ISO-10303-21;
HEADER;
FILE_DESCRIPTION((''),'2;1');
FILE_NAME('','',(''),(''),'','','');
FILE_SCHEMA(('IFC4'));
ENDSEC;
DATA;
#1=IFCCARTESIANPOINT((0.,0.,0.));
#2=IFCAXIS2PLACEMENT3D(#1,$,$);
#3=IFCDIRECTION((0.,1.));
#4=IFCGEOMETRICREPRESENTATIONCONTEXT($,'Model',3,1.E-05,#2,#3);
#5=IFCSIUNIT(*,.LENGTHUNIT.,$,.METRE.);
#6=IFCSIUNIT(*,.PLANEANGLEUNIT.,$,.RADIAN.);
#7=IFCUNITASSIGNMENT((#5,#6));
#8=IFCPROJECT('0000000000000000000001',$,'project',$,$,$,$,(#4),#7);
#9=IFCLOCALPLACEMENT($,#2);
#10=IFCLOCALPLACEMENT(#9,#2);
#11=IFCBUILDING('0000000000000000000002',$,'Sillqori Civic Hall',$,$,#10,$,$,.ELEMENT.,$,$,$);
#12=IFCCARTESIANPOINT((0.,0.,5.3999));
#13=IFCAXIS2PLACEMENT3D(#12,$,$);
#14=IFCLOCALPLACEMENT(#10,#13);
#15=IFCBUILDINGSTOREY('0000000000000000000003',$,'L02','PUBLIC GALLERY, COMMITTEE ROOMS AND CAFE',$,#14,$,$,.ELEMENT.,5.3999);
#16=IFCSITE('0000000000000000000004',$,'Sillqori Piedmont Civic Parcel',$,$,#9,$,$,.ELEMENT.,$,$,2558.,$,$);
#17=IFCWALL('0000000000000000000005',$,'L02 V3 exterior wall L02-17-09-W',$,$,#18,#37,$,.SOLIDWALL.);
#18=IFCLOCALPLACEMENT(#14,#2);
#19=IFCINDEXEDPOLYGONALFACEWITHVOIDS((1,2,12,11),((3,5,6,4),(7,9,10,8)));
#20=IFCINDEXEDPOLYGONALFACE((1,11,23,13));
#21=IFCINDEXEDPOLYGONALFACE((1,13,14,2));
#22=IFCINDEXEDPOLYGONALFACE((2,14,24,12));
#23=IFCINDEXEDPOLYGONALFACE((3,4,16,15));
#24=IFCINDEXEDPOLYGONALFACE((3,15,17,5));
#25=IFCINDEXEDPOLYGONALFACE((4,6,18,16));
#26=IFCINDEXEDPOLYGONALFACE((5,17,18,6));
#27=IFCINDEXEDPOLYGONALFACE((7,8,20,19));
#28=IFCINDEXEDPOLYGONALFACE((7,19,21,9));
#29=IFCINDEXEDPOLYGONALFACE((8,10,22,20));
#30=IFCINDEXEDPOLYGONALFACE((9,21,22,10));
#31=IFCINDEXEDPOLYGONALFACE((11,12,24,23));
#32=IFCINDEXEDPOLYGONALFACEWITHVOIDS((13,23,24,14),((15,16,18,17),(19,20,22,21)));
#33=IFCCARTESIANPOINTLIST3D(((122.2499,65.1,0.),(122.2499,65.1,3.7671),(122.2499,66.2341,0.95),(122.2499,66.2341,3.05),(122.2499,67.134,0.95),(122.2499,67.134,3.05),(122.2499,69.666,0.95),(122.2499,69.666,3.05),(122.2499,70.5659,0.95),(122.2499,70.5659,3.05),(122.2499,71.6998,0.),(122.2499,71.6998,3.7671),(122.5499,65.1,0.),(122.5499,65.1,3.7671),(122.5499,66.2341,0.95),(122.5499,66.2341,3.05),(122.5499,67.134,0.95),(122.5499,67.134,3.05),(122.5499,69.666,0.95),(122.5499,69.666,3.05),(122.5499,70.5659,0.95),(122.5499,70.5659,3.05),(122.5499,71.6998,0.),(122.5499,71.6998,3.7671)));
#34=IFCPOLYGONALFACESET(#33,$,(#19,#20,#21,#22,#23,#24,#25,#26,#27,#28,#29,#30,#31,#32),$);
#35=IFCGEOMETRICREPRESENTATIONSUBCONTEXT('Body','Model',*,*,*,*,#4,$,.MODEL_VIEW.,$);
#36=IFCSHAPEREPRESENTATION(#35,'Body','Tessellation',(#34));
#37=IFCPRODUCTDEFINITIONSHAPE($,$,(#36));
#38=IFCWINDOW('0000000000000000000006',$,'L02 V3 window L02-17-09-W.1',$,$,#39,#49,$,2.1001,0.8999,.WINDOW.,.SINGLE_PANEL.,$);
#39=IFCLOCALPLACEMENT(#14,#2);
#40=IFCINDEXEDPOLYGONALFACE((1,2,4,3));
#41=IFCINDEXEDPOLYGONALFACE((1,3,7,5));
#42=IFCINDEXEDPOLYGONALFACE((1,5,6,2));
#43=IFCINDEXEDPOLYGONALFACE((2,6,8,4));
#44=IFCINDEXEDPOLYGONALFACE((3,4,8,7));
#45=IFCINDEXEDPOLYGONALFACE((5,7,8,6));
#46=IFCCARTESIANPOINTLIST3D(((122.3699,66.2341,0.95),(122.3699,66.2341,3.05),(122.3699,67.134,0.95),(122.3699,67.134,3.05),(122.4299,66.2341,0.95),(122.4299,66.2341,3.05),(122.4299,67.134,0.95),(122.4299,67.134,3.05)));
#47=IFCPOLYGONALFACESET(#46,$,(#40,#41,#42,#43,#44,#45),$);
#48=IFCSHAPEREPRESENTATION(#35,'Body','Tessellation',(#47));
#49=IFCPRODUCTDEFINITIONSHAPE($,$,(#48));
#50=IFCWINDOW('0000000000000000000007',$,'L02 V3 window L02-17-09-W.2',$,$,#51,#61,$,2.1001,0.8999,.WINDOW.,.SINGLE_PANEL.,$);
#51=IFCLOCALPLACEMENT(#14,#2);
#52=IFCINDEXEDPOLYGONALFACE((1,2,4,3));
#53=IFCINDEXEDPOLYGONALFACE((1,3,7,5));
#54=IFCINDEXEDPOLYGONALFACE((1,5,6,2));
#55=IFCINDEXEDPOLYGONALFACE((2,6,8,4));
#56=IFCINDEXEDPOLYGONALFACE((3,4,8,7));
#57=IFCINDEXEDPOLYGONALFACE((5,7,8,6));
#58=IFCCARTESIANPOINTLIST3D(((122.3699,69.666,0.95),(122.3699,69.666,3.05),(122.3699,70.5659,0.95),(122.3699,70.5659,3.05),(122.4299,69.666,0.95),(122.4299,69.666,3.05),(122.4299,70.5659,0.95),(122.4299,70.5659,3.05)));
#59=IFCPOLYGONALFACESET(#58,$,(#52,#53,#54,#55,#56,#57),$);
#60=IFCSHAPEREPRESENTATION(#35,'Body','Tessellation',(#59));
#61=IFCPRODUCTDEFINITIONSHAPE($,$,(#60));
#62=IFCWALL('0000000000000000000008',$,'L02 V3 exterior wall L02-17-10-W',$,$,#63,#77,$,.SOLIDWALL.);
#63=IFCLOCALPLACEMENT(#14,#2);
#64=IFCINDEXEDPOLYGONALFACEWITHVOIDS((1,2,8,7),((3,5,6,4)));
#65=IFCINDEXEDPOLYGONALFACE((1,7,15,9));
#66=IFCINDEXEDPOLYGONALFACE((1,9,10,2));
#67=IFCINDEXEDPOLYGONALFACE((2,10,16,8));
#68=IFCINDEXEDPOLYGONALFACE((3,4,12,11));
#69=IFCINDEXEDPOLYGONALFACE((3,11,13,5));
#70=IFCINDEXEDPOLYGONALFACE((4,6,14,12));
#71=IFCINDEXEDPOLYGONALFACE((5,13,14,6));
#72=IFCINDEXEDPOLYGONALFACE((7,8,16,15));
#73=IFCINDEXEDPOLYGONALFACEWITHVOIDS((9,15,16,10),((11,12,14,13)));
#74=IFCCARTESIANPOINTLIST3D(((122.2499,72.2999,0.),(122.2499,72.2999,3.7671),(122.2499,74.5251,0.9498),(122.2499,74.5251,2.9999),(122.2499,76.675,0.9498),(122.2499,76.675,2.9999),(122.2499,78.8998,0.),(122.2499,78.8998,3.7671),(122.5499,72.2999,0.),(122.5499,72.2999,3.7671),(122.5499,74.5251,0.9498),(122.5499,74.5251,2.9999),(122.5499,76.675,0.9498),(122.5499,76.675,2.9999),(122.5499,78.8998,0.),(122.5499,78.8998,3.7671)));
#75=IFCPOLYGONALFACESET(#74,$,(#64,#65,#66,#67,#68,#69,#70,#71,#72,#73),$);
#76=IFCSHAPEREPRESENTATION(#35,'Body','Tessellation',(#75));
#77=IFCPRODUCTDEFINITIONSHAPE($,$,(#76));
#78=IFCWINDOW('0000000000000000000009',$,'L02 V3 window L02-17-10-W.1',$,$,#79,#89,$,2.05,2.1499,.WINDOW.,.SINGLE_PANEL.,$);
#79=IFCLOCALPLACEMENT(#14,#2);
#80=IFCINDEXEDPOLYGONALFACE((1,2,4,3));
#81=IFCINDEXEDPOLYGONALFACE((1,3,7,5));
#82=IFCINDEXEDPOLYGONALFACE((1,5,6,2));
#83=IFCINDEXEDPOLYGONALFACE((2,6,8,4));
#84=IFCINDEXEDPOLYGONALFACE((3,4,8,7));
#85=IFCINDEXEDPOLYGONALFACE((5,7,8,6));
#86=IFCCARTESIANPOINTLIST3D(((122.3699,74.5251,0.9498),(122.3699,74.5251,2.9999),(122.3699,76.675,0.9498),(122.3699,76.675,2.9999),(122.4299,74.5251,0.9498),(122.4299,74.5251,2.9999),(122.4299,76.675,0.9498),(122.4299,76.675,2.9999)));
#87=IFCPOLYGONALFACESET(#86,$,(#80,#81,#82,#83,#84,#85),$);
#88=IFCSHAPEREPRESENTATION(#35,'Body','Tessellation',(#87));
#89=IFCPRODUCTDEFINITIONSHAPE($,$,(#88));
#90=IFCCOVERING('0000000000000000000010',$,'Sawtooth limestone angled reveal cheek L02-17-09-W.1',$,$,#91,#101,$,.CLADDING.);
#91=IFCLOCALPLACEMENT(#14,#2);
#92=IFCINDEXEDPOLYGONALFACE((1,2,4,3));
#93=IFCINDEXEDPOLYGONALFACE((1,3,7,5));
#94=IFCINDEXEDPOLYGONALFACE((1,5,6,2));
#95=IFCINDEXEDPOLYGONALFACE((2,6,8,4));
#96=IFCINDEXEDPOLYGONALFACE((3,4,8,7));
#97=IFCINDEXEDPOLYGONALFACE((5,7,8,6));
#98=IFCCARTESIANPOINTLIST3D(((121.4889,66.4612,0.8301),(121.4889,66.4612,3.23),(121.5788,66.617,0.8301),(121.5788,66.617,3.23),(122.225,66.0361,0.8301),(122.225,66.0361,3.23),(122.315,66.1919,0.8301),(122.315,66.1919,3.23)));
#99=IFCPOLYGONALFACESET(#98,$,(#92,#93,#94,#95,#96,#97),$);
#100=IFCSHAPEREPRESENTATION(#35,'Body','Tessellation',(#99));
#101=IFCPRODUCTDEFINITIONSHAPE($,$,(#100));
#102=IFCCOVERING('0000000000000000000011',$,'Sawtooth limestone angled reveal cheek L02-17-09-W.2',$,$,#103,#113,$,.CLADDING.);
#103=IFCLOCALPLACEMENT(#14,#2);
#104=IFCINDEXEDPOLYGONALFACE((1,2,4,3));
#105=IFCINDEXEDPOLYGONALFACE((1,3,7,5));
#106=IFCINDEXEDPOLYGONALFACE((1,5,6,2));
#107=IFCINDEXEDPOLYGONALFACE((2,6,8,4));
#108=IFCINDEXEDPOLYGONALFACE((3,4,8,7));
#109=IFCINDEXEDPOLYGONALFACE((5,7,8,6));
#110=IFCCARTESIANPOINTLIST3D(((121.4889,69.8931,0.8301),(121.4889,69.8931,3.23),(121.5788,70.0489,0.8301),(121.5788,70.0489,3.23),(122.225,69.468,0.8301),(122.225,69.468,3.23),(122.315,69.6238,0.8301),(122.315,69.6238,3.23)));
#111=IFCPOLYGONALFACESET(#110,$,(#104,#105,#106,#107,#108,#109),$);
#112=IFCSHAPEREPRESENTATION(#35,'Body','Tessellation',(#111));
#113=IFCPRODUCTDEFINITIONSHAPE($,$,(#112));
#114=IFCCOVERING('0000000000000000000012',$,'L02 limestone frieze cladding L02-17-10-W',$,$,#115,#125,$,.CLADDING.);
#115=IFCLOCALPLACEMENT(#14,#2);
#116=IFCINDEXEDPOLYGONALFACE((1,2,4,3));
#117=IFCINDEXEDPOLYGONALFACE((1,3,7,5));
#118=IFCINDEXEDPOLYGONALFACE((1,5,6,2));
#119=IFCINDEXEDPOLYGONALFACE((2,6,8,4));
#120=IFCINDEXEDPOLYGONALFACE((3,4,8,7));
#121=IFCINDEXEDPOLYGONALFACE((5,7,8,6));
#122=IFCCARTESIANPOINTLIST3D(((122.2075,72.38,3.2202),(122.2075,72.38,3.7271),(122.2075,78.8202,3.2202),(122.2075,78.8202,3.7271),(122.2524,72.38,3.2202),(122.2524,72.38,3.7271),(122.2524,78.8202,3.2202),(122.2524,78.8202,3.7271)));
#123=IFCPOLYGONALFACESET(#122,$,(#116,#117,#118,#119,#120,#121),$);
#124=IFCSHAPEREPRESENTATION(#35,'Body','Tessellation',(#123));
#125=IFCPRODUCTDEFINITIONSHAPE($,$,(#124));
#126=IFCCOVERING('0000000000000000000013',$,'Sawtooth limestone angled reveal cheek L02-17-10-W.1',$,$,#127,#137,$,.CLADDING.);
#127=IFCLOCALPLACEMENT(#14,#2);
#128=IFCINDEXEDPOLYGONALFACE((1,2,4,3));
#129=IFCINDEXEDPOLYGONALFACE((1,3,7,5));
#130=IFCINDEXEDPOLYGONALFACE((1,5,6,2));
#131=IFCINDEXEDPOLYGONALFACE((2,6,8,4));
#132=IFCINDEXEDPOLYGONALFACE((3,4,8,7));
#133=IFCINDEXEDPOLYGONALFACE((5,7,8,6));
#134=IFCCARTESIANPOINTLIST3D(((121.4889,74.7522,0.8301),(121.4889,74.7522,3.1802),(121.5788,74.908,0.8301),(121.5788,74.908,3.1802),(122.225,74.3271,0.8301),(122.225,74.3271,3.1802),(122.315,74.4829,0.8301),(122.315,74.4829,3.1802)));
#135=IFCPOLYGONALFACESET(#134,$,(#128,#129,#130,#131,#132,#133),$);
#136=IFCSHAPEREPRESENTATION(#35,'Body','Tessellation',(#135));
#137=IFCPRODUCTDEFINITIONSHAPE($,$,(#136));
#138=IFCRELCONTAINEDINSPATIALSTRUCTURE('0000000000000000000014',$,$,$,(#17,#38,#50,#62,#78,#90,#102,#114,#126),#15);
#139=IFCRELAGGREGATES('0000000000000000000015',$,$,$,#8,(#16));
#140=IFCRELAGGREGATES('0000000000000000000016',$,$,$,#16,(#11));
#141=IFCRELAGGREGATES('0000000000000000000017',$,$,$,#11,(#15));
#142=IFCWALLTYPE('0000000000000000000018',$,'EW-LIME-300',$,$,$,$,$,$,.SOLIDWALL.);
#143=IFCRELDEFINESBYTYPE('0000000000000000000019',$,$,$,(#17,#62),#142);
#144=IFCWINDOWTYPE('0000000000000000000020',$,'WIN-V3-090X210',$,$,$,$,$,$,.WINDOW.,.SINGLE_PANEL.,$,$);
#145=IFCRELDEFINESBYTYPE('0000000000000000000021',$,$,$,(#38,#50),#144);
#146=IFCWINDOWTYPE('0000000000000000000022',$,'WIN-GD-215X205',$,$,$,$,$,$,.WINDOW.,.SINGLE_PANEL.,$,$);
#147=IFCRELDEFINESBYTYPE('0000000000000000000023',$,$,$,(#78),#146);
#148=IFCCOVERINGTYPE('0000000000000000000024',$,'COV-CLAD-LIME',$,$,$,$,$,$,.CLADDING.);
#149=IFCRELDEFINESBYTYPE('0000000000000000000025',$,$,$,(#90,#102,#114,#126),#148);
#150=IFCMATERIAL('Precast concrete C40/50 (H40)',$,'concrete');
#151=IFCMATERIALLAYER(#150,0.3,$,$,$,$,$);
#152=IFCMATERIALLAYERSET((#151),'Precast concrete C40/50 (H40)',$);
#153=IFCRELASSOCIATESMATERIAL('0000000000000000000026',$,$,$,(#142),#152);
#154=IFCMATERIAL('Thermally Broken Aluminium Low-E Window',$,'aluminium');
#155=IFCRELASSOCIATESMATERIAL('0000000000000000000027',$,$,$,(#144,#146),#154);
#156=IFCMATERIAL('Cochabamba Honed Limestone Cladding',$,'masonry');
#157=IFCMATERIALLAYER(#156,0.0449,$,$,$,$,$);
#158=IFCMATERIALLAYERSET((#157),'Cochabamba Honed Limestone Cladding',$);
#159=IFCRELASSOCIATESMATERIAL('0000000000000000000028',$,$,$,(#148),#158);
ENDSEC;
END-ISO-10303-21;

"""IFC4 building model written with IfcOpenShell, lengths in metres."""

from ifc_helpers import new_model, si_unit, direction, frame, frame_2d, origin, place, context, subcontext, project, spatial, rectangle, extrude, material, layer, layer_set, type_object, element, fill, save


model = new_model("IFC4")

# Units and contexts
model_context = context("Model", 3, precision=1e-05, world=origin(), true_north=direction((0.0, 1.0)))
body_context = subcontext(model_context, "Body", "Model", "MODEL_VIEW")
ifc_project = project(units=[si_unit("LENGTHUNIT", "METRE"), si_unit("PLANEANGLEUNIT", "RADIAN")], contexts=[model_context])

# Site, building, storey
site_placement = place(None, origin())
site = spatial("IfcSite", under=ifc_project, at=site_placement, Name="Sillqori Piedmont Civic Parcel", CompositionType="ELEMENT", RefElevation=2558.0)
building_placement = place(site_placement, origin())
building = spatial("IfcBuilding", under=site, at=building_placement, Name="Sillqori Civic Hall", CompositionType="ELEMENT")
storey_placement = place(building_placement, frame((0.0, 0.0, 5.3999)))
storey = spatial("IfcBuildingStorey", under=building, at=storey_placement, Name="L02", Description="PUBLIC GALLERY, COMMITTEE ROOMS AND CAFE", CompositionType="ELEMENT", Elevation=5.3999)

# Wall, openings, windows
ifc_material_1 = material(Name="Precast concrete C40/50 (H40)", Category="concrete")
ifc_layer_1 = layer(ifc_material_1, 0.3)
ifc_layer_set_1 = layer_set([ifc_layer_1], Name="Precast concrete C40/50 (H40)")
wall_type_1 = type_object("IfcWallType", Name="EW-LIME-300", PredefinedType="SOLIDWALL", material=ifc_layer_set_1)
wall_1_placement = place(storey_placement, frame((122.3999, 65.1001, 0.0), z_axis=(0.0, 0.0, 1.0), x_axis=(0.0, 1.0, 0.0)))
wall_1 = element("IfcWall", 1, at=wall_1_placement, inside=storey, type_object=wall_type_1, Name="L02 V3 exterior wall L02-17-09-W", PredefinedType="SOLIDWALL", context=body_context, shape_type="SweptSolid", body=[
    extrude(rectangle(XDim=6.5999, YDim=0.3, at=frame_2d((3.2998, 0.0))), origin(), (0.0, 0.0, 1.0), 3.7671),
])
opening_1_placement = place(wall_1_placement, frame((1.134, 0.0, 0.95)))
opening_1 = element("IfcOpeningElement", 2, at=opening_1_placement, cuts=wall_1, PredefinedType="OPENING", context=body_context, shape_type="SweptSolid", body=[
    extrude(rectangle(XDim=0.8999, YDim=2.1001, at=frame_2d((0.45, 1.05))), frame((0.0, 0.1599, 0.0), z_axis=(0.0, -1.0, 0.0), x_axis=(1.0, 0.0, 0.0)), (0.0, 0.0, 1.0), 0.3201),
])
opening_2_placement = place(wall_1_placement, frame((4.5659, 0.0, 0.95)))
opening_2 = element("IfcOpeningElement", 3, at=opening_2_placement, cuts=wall_1, PredefinedType="OPENING", context=body_context, shape_type="SweptSolid", body=[
    extrude(rectangle(XDim=0.8999, YDim=2.1001, at=frame_2d((0.45, 1.05))), frame((0.0, 0.1599, 0.0), z_axis=(0.0, -1.0, 0.0), x_axis=(1.0, 0.0, 0.0)), (0.0, 0.0, 1.0), 0.3201),
])
ifc_material_2 = material(Name="Thermally Broken Aluminium Low-E Window", Category="aluminium")
window_type_1 = type_object("IfcWindowType", Name="WIN-V3-090X210", PartitioningType="SINGLE_PANEL", PredefinedType="WINDOW", material=ifc_material_2)
window_1_placement = place(opening_1_placement, origin())
window_1 = element("IfcWindow", 4, at=window_1_placement, inside=storey, type_object=window_type_1, Name="L02 V3 window L02-17-09-W.1", OverallHeight=2.1001, OverallWidth=0.8999, PartitioningType="SINGLE_PANEL", PredefinedType="WINDOW", context=body_context, shape_type="SweptSolid", body=[
    extrude(rectangle(XDim=0.8999, YDim=2.1001, at=frame_2d((0.45, 1.05))), frame((0.0, 0.03, 0.0), z_axis=(0.0, -1.0, 0.0), x_axis=(1.0, 0.0, 0.0)), (0.0, 0.0, 1.0), 0.0601),
])
fill(opening_1, window_1)
window_2_placement = place(opening_2_placement, origin())
window_2 = element("IfcWindow", 5, at=window_2_placement, inside=storey, type_object=window_type_1, Name="L02 V3 window L02-17-09-W.2", OverallHeight=2.1001, OverallWidth=0.8999, PartitioningType="SINGLE_PANEL", PredefinedType="WINDOW", context=body_context, shape_type="SweptSolid", body=[
    extrude(rectangle(XDim=0.8999, YDim=2.1001, at=frame_2d((0.45, 1.05))), frame((0.0, 0.03, 0.0), z_axis=(0.0, -1.0, 0.0), x_axis=(1.0, 0.0, 0.0)), (0.0, 0.0, 1.0), 0.0601),
])
fill(opening_2, window_2)

# Wall, opening, window
wall_2_placement = place(storey_placement, frame((122.3999, 72.3, 0.0), z_axis=(0.0, 0.0, 1.0), x_axis=(0.0, 1.0, 0.0)))
wall_2 = element("IfcWall", 6, at=wall_2_placement, inside=storey, type_object=wall_type_1, Name="L02 V3 exterior wall L02-17-10-W", PredefinedType="SOLIDWALL", context=body_context, shape_type="SweptSolid", body=[
    extrude(rectangle(XDim=6.5999, YDim=0.3, at=frame_2d((3.2998, 0.0))), origin(), (0.0, 0.0, 1.0), 3.7671),
])
opening_3_placement = place(wall_2_placement, frame((2.2251, 0.0, 0.95)))
opening_3 = element("IfcOpeningElement", 7, at=opening_3_placement, cuts=wall_2, PredefinedType="OPENING", context=body_context, shape_type="SweptSolid", body=[
    extrude(rectangle(XDim=2.1499, YDim=2.05, at=frame_2d((1.075, 1.0249))), frame((0.0, 0.1599, 0.0), z_axis=(0.0, -1.0, 0.0), x_axis=(1.0, 0.0, 0.0)), (0.0, 0.0, 1.0), 0.3201),
])
window_type_2 = type_object("IfcWindowType", Name="WIN-GD-215X205", PartitioningType="SINGLE_PANEL", PredefinedType="WINDOW", material=ifc_material_2)
window_3_placement = place(opening_3_placement, origin())
window_3 = element("IfcWindow", 8, at=window_3_placement, inside=storey, type_object=window_type_2, Name="L02 V3 window L02-17-10-W.1", OverallHeight=2.05, OverallWidth=2.1499, PartitioningType="SINGLE_PANEL", PredefinedType="WINDOW", context=body_context, shape_type="SweptSolid", body=[
    extrude(rectangle(XDim=2.1499, YDim=2.05, at=frame_2d((1.075, 1.0249))), frame((0.0, 0.03, 0.0), z_axis=(0.0, -1.0, 0.0), x_axis=(1.0, 0.0, 0.0)), (0.0, 0.0, 1.0), 0.0601),
])
fill(opening_3, window_3)

# Coverings
ifc_material_3 = material(Name="Cochabamba Honed Limestone Cladding", Category="masonry")
ifc_layer_2 = layer(ifc_material_3, 0.0449)
ifc_layer_set_2 = layer_set([ifc_layer_2], Name="Cochabamba Honed Limestone Cladding")
covering_type = type_object("IfcCoveringType", Name="COV-CLAD-LIME", PredefinedType="CLADDING", material=ifc_layer_set_2)
for number, where, z_axis, x_axis, name in (
    (9, (122.27, 66.114, 0.8301), (0.0, 0.0, 1.0), (-0.865989, 0.500062, 0.0), "Sawtooth limestone angled reveal cheek L02-17-09-W.1"),
    (10, (122.27, 69.5459, 0.8301), (0.0, 0.0, 1.0), (-0.865989, 0.500062, 0.0), "Sawtooth limestone angled reveal cheek L02-17-09-W.2"),
):
    element("IfcCovering", number, at=place(storey_placement, frame(where, z_axis=z_axis, x_axis=x_axis)), inside=storey, type_object=covering_type, Name=name, PredefinedType="CLADDING", context=body_context, shape_type="SweptSolid", body=[
        extrude(rectangle(XDim=0.8501, YDim=0.1799, at=frame_2d((0.425, 0.0))), origin(), (0.0, 0.0, 1.0), 2.3999),
    ])
covering_1_placement = place(storey_placement, frame((122.23, 72.3799, 3.2202), z_axis=(0.0, 0.0, 1.0), x_axis=(0.0, 1.0, 0.0)))
element("IfcCovering", 11, at=covering_1_placement, inside=storey, type_object=covering_type, Name="L02 limestone frieze cladding L02-17-10-W", PredefinedType="CLADDING", context=body_context, shape_type="SweptSolid", body=[
    extrude(rectangle(XDim=6.4402, YDim=0.0449, at=frame_2d((3.2202, 0.0))), origin(), (0.0, 0.0, 1.0), 0.5068),
])
covering_2_placement = place(storey_placement, frame((122.27, 74.405, 0.8301), z_axis=(0.0, 0.0, 1.0), x_axis=(-0.865989, 0.500062, 0.0)))
element("IfcCovering", 12, at=covering_2_placement, inside=storey, type_object=covering_type, Name="Sawtooth limestone angled reveal cheek L02-17-10-W.1", PredefinedType="CLADDING", context=body_context, shape_type="SweptSolid", body=[
    extrude(rectangle(XDim=0.8501, YDim=0.1799, at=frame_2d((0.425, 0.0))), origin(), (0.0, 0.0, 1.0), 2.3501),
])

save(model, "model.ifc")
